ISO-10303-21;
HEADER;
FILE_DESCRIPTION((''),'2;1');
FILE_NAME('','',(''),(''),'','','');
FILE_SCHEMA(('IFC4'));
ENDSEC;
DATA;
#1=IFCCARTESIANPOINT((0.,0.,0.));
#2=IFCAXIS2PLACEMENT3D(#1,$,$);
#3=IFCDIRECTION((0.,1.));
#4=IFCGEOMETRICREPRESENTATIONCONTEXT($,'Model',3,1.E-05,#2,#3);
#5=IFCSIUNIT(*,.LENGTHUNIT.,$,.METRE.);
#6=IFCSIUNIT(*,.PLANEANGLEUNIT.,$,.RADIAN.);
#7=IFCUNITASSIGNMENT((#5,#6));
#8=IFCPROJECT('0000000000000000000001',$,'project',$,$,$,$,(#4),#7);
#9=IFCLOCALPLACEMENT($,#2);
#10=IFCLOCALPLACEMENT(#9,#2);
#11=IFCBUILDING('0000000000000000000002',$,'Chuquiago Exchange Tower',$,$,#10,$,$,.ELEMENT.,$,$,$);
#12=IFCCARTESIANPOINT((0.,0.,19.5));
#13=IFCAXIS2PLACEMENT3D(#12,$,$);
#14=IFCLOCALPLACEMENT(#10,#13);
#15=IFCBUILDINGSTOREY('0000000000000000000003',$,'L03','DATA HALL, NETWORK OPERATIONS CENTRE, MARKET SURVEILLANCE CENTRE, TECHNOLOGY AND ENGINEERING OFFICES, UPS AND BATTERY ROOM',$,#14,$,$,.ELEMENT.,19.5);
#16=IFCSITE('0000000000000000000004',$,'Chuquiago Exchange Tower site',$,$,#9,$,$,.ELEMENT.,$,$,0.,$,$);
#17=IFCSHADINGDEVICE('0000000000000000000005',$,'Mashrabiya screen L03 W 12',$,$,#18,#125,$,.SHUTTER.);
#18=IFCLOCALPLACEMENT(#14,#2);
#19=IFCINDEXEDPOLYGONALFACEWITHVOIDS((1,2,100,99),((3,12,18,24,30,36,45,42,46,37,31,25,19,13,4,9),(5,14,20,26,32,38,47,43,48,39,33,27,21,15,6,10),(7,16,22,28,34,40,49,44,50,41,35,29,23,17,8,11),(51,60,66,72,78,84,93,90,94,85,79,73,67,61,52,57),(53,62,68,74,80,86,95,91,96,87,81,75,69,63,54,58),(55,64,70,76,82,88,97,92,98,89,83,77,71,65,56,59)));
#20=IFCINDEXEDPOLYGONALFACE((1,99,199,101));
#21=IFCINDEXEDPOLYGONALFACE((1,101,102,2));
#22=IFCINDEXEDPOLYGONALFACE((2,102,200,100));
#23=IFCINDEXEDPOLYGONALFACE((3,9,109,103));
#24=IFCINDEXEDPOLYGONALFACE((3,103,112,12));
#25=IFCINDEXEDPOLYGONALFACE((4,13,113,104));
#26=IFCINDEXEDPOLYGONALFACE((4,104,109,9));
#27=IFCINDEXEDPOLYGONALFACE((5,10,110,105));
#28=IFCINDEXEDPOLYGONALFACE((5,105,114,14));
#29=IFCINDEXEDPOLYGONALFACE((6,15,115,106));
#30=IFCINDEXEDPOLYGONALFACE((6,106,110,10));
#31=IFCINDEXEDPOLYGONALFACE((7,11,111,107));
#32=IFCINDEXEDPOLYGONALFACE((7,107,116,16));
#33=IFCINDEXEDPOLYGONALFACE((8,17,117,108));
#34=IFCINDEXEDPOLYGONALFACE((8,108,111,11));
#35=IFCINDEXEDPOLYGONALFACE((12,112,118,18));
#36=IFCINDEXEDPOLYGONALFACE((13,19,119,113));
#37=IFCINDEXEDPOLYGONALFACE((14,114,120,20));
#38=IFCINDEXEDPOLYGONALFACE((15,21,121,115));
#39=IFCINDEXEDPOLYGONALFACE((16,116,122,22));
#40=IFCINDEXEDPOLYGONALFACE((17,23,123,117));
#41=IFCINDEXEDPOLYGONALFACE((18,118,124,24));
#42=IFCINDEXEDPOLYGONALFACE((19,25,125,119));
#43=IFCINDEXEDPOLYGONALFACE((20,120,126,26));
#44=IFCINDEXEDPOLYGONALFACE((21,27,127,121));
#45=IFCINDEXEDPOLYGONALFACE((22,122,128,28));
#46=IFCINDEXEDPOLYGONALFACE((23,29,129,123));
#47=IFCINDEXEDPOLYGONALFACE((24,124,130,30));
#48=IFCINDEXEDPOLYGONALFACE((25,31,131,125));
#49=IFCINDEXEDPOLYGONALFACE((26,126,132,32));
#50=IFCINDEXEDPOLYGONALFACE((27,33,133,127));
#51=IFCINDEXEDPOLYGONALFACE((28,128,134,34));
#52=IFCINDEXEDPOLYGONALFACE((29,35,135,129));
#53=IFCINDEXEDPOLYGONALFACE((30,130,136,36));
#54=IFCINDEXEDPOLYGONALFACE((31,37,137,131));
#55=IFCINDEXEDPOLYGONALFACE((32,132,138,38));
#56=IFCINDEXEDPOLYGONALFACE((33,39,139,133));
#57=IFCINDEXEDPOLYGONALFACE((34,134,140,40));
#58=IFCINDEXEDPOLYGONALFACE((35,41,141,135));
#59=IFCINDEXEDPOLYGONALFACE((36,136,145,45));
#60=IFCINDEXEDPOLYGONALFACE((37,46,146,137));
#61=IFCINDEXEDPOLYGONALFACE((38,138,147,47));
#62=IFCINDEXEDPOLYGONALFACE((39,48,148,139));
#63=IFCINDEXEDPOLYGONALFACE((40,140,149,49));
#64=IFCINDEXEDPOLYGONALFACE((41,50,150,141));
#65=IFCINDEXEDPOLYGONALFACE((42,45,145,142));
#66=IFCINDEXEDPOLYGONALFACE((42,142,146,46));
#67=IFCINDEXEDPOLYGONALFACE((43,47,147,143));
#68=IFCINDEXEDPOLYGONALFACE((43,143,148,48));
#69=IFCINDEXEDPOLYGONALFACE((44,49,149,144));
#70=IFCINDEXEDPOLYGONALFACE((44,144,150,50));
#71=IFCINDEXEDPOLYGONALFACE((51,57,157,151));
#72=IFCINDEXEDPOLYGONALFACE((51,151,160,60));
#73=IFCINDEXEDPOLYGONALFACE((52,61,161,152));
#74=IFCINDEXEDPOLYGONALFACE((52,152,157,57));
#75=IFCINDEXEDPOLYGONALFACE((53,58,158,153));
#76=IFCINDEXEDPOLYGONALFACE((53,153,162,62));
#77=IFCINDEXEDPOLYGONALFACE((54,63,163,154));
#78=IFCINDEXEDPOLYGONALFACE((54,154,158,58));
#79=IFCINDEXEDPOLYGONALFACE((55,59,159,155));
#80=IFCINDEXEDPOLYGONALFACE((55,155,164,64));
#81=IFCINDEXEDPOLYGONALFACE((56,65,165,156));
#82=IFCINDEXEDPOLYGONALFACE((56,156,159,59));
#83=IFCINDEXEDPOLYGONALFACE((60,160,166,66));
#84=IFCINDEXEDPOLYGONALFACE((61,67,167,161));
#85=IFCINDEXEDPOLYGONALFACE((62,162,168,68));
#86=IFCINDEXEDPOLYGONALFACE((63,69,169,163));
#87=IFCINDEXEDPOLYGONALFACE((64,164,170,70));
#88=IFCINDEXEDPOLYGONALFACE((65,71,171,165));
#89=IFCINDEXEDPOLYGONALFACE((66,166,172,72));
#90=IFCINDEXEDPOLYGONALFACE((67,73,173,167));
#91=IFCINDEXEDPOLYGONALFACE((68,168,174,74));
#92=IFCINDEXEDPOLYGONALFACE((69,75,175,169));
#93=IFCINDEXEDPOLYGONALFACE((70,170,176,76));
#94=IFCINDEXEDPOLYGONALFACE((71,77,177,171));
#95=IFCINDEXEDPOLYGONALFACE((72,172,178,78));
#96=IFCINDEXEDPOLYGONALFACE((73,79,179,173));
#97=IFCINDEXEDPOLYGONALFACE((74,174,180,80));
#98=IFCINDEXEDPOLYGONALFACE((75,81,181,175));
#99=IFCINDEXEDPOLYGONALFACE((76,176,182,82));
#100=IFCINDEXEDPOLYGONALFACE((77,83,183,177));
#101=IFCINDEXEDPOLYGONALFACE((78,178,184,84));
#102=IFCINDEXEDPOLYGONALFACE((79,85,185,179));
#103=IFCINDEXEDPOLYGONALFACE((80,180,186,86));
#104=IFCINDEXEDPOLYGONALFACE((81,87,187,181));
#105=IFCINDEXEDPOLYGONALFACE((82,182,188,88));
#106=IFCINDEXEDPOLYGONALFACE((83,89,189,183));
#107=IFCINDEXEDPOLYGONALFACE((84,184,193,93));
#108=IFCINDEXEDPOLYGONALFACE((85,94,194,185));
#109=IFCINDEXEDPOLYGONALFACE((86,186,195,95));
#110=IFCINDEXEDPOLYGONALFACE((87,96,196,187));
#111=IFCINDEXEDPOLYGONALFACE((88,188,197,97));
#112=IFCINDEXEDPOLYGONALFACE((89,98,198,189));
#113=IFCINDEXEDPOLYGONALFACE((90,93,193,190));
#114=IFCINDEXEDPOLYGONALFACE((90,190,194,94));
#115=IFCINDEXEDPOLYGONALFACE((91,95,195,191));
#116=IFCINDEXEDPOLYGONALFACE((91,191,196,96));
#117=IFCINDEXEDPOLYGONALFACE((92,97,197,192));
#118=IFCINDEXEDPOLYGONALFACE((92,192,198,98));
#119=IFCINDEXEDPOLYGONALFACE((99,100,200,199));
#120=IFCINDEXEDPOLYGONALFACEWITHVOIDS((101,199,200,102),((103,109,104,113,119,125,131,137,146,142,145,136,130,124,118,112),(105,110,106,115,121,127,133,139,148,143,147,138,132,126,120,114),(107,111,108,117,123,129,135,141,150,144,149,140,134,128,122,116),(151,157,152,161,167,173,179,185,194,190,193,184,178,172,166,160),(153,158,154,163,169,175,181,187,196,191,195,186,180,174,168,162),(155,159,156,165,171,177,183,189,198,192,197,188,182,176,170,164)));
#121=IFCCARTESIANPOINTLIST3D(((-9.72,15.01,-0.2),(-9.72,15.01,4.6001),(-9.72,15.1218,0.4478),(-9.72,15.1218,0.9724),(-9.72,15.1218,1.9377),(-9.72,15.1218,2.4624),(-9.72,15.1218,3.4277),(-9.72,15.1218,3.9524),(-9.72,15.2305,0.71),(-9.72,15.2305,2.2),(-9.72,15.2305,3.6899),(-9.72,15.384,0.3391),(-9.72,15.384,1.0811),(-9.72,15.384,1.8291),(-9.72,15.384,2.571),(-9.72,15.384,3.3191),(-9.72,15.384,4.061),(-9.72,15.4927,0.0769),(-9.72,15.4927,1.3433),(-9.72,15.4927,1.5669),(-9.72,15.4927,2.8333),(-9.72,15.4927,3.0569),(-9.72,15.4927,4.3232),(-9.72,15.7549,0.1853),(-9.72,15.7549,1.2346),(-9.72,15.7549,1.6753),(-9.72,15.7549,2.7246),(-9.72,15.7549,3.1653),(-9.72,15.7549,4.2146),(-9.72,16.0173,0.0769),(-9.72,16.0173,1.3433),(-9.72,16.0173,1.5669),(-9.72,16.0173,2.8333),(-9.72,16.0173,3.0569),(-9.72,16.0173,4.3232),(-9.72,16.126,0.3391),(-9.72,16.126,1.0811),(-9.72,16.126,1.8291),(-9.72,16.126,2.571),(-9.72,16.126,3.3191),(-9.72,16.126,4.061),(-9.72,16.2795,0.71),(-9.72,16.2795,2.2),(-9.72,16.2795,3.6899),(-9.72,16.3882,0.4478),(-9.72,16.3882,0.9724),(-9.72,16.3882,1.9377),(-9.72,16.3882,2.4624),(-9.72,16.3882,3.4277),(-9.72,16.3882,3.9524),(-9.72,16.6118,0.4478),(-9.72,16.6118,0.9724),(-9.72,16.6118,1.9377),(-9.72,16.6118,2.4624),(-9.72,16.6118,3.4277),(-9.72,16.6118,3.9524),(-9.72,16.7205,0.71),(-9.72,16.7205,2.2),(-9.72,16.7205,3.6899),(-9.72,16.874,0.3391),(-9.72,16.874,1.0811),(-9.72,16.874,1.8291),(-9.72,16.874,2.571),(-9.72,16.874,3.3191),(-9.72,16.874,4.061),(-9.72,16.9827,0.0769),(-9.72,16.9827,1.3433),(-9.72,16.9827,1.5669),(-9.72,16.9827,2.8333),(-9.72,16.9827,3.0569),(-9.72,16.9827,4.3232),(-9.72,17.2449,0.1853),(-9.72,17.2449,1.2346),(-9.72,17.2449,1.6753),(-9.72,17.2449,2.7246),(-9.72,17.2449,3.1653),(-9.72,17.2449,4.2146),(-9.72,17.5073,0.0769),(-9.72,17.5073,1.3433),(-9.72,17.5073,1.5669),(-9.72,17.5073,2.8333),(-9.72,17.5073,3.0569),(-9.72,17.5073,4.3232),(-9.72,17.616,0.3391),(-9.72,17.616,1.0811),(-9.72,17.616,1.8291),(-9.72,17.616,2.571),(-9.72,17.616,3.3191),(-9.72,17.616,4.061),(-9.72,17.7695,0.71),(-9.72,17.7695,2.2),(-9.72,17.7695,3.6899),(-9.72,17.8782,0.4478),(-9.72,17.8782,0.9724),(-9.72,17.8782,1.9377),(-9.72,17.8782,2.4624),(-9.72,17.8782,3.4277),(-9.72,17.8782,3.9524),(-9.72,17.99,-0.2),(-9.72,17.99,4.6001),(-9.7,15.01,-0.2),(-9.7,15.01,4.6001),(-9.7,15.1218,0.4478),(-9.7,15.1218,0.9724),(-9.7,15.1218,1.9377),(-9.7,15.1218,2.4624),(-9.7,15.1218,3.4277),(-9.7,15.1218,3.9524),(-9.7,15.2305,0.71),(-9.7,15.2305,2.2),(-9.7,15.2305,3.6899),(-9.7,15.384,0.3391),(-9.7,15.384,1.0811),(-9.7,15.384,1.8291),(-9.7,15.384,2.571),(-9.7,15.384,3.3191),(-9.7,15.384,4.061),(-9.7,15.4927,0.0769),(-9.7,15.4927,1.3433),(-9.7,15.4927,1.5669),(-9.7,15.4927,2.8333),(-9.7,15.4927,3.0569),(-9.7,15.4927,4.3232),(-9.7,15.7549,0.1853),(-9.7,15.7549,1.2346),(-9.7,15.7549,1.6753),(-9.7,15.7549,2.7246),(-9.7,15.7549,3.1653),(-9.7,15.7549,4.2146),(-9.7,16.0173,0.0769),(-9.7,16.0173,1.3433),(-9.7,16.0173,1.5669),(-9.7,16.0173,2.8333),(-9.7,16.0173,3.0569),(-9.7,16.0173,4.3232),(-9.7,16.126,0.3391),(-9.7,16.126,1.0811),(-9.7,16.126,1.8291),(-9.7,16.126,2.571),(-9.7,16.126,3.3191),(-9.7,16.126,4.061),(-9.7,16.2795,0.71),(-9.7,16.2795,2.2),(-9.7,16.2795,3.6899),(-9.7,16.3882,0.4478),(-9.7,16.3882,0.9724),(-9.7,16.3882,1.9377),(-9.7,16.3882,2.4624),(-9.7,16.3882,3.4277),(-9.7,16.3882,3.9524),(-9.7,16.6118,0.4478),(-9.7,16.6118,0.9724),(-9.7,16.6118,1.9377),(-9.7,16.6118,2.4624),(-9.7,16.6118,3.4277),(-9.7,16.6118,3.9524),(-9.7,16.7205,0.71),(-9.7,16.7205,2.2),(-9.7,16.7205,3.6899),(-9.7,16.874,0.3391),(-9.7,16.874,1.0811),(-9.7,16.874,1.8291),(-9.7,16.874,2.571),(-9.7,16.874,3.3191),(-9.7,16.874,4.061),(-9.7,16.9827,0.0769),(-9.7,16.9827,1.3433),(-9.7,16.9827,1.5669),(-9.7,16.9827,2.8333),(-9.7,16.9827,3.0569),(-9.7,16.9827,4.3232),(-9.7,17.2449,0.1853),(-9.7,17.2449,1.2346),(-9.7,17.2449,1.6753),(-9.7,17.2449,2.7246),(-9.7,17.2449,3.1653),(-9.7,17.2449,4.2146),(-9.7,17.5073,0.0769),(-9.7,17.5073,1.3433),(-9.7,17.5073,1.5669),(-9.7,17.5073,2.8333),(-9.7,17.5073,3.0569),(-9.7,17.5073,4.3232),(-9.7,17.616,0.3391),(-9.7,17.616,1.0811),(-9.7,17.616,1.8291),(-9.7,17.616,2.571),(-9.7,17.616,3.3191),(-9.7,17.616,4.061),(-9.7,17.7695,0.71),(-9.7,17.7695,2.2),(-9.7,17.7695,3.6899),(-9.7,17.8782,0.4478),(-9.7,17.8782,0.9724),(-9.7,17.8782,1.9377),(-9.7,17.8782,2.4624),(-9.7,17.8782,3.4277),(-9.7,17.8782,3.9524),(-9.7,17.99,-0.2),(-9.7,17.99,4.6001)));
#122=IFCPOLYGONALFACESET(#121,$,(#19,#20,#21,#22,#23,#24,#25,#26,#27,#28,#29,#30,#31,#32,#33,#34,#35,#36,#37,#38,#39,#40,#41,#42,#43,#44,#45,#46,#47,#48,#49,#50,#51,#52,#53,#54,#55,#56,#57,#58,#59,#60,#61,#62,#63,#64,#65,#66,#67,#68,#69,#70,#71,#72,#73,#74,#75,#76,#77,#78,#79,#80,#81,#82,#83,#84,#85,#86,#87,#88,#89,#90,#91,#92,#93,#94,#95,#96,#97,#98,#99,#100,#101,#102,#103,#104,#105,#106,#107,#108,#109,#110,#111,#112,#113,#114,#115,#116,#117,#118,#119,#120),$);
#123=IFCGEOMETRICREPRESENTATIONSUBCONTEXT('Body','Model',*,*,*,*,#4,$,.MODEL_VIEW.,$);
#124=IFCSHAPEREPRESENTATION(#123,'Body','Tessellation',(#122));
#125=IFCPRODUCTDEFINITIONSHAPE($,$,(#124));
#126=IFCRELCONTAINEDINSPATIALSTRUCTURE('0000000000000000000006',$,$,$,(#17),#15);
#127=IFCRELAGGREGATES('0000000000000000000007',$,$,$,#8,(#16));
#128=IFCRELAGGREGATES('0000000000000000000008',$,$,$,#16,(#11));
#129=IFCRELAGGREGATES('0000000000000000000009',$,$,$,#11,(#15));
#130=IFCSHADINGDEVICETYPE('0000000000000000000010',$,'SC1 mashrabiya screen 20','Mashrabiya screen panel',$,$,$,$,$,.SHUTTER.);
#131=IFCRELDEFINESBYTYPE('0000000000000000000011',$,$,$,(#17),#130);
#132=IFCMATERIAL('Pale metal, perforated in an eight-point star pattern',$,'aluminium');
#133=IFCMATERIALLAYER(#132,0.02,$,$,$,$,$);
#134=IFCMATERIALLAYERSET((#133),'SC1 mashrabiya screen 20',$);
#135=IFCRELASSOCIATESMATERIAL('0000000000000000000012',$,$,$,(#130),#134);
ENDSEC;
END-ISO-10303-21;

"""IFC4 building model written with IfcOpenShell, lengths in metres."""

from ifc_helpers import new_model, si_unit, direction, frame, origin, place, context, subcontext, project, spatial, polyline, outline, extrude, material, layer, layer_set, type_object, element, save


model = new_model("IFC4")

# Units and contexts
model_context = context("Model", 3, precision=1e-05, world=origin(), true_north=direction((0.0, 1.0)))
body_context = subcontext(model_context, "Body", "Model", "MODEL_VIEW")
ifc_project = project(units=[si_unit("LENGTHUNIT", "METRE"), si_unit("PLANEANGLEUNIT", "RADIAN")], contexts=[model_context])

# Site, building, storey
site_placement = place(None, origin())
site = spatial("IfcSite", under=ifc_project, at=site_placement, Name="Chuquiago Exchange Tower site", CompositionType="ELEMENT", RefElevation=0.0)
building_placement = place(site_placement, origin())
building = spatial("IfcBuilding", under=site, at=building_placement, Name="Chuquiago Exchange Tower", CompositionType="ELEMENT")
storey_placement = place(building_placement, frame((0.0, 0.0, 19.5)))
storey = spatial("IfcBuildingStorey", under=building, at=storey_placement, Name="L03", Description="DATA HALL, NETWORK OPERATIONS CENTRE, MARKET SURVEILLANCE CENTRE, TECHNOLOGY AND ENGINEERING OFFICES, UPS AND BATTERY ROOM", CompositionType="ELEMENT", Elevation=19.5)

# Shading device
ifc_material_1 = material(Name="Pale metal, perforated in an eight-point star pattern", Category="aluminium")
ifc_layer_1 = layer(ifc_material_1, 0.02)
ifc_layer_set_1 = layer_set([ifc_layer_1], Name="SC1 mashrabiya screen 20")
shading_device_type = type_object("IfcShadingDeviceType", Name="SC1 mashrabiya screen 20", Description="Mashrabiya screen panel", PredefinedType="SHUTTER", material=ifc_layer_set_1)
shading_device_1_placement = place(storey_placement, frame((-9.7, 17.99, -0.2), z_axis=(0.0, 0.0, 1.0), x_axis=(0.0, -1.0, 0.0)))
element("IfcShadingDevice", 1, at=shading_device_1_placement, inside=storey, type_object=shading_device_type, Name="Mashrabiya screen L03 W 12", PredefinedType="SHUTTER", context=body_context, shape_type="SweptSolid", body=[
    extrude(outline(polyline([(0.0, 0.0), (2.98, 0.0), (2.98, 4.8), (0.0, 4.8), (0.0, 0.0)]), holes=[polyline([(1.2695, 0.9099), (1.3782, 1.1724), (1.116, 1.281), (1.0073, 1.5432), (0.7451, 1.4346), (0.4827, 1.5432), (0.374, 1.281), (0.1118, 1.1724), (0.2205, 0.9099), (0.1118, 0.6477), (0.374, 0.5391), (0.4827, 0.2769), (0.7451, 0.3853), (1.0073, 0.2769), (1.116, 0.5391), (1.3782, 0.6477), (1.2695, 0.9099)]), polyline([(2.7595, 0.9099), (2.8682, 1.1724), (2.606, 1.281), (2.4973, 1.5432), (2.2351, 1.4346), (1.9727, 1.5432), (1.864, 1.281), (1.6018, 1.1724), (1.7104, 0.9099), (1.6018, 0.6477), (1.864, 0.5391), (1.9727, 0.2769), (2.2351, 0.3853), (2.4973, 0.2769), (2.606, 0.5391), (2.8682, 0.6477), (2.7595, 0.9099)]), polyline([(1.2695, 2.3999), (1.3782, 2.6624), (1.116, 2.771), (1.0073, 3.0332), (0.7451, 2.9246), (0.4827, 3.0332), (0.374, 2.771), (0.1118, 2.6624), (0.2205, 2.3999), (0.1118, 2.1377), (0.374, 2.0291), (0.4827, 1.7668), (0.7451, 1.8752), (1.0073, 1.7668), (1.116, 2.0291), (1.3782, 2.1377), (1.2695, 2.3999)]), polyline([(2.7595, 2.3999), (2.8682, 2.6624), (2.606, 2.771), (2.4973, 3.0332), (2.2351, 2.9246), (1.9727, 3.0332), (1.864, 2.771), (1.6018, 2.6624), (1.7104, 2.3999), (1.6018, 2.1377), (1.864, 2.0291), (1.9727, 1.7668), (2.2351, 1.8752), (2.4973, 1.7668), (2.606, 2.0291), (2.8682, 2.1377), (2.7595, 2.3999)]), polyline([(1.2695, 3.8899), (1.3782, 4.1523), (1.116, 4.261), (1.0073, 4.5232), (0.7451, 4.4146), (0.4827, 4.5232), (0.374, 4.261), (0.1118, 4.1523), (0.2205, 3.8899), (0.1118, 3.6277), (0.374, 3.519), (0.4827, 3.2568), (0.7451, 3.3652), (1.0073, 3.2568), (1.116, 3.519), (1.3782, 3.6277), (1.2695, 3.8899)]), polyline([(2.7595, 3.8899), (2.8682, 4.1523), (2.606, 4.261), (2.4973, 4.5232), (2.2351, 4.4146), (1.9727, 4.5232), (1.864, 4.261), (1.6018, 4.1523), (1.7104, 3.8899), (1.6018, 3.6277), (1.864, 3.519), (1.9727, 3.2568), (2.2351, 3.3652), (2.4973, 3.2568), (2.606, 3.519), (2.8682, 3.6277), (2.7595, 3.8899)])]), frame((0.0, 0.0, 0.0), z_axis=(0.0, -1.0, 0.0), x_axis=(1.0, 0.0, 0.0)), (0.0, 0.0, 1.0), 0.02),
])

save(model, "model.ifc")
